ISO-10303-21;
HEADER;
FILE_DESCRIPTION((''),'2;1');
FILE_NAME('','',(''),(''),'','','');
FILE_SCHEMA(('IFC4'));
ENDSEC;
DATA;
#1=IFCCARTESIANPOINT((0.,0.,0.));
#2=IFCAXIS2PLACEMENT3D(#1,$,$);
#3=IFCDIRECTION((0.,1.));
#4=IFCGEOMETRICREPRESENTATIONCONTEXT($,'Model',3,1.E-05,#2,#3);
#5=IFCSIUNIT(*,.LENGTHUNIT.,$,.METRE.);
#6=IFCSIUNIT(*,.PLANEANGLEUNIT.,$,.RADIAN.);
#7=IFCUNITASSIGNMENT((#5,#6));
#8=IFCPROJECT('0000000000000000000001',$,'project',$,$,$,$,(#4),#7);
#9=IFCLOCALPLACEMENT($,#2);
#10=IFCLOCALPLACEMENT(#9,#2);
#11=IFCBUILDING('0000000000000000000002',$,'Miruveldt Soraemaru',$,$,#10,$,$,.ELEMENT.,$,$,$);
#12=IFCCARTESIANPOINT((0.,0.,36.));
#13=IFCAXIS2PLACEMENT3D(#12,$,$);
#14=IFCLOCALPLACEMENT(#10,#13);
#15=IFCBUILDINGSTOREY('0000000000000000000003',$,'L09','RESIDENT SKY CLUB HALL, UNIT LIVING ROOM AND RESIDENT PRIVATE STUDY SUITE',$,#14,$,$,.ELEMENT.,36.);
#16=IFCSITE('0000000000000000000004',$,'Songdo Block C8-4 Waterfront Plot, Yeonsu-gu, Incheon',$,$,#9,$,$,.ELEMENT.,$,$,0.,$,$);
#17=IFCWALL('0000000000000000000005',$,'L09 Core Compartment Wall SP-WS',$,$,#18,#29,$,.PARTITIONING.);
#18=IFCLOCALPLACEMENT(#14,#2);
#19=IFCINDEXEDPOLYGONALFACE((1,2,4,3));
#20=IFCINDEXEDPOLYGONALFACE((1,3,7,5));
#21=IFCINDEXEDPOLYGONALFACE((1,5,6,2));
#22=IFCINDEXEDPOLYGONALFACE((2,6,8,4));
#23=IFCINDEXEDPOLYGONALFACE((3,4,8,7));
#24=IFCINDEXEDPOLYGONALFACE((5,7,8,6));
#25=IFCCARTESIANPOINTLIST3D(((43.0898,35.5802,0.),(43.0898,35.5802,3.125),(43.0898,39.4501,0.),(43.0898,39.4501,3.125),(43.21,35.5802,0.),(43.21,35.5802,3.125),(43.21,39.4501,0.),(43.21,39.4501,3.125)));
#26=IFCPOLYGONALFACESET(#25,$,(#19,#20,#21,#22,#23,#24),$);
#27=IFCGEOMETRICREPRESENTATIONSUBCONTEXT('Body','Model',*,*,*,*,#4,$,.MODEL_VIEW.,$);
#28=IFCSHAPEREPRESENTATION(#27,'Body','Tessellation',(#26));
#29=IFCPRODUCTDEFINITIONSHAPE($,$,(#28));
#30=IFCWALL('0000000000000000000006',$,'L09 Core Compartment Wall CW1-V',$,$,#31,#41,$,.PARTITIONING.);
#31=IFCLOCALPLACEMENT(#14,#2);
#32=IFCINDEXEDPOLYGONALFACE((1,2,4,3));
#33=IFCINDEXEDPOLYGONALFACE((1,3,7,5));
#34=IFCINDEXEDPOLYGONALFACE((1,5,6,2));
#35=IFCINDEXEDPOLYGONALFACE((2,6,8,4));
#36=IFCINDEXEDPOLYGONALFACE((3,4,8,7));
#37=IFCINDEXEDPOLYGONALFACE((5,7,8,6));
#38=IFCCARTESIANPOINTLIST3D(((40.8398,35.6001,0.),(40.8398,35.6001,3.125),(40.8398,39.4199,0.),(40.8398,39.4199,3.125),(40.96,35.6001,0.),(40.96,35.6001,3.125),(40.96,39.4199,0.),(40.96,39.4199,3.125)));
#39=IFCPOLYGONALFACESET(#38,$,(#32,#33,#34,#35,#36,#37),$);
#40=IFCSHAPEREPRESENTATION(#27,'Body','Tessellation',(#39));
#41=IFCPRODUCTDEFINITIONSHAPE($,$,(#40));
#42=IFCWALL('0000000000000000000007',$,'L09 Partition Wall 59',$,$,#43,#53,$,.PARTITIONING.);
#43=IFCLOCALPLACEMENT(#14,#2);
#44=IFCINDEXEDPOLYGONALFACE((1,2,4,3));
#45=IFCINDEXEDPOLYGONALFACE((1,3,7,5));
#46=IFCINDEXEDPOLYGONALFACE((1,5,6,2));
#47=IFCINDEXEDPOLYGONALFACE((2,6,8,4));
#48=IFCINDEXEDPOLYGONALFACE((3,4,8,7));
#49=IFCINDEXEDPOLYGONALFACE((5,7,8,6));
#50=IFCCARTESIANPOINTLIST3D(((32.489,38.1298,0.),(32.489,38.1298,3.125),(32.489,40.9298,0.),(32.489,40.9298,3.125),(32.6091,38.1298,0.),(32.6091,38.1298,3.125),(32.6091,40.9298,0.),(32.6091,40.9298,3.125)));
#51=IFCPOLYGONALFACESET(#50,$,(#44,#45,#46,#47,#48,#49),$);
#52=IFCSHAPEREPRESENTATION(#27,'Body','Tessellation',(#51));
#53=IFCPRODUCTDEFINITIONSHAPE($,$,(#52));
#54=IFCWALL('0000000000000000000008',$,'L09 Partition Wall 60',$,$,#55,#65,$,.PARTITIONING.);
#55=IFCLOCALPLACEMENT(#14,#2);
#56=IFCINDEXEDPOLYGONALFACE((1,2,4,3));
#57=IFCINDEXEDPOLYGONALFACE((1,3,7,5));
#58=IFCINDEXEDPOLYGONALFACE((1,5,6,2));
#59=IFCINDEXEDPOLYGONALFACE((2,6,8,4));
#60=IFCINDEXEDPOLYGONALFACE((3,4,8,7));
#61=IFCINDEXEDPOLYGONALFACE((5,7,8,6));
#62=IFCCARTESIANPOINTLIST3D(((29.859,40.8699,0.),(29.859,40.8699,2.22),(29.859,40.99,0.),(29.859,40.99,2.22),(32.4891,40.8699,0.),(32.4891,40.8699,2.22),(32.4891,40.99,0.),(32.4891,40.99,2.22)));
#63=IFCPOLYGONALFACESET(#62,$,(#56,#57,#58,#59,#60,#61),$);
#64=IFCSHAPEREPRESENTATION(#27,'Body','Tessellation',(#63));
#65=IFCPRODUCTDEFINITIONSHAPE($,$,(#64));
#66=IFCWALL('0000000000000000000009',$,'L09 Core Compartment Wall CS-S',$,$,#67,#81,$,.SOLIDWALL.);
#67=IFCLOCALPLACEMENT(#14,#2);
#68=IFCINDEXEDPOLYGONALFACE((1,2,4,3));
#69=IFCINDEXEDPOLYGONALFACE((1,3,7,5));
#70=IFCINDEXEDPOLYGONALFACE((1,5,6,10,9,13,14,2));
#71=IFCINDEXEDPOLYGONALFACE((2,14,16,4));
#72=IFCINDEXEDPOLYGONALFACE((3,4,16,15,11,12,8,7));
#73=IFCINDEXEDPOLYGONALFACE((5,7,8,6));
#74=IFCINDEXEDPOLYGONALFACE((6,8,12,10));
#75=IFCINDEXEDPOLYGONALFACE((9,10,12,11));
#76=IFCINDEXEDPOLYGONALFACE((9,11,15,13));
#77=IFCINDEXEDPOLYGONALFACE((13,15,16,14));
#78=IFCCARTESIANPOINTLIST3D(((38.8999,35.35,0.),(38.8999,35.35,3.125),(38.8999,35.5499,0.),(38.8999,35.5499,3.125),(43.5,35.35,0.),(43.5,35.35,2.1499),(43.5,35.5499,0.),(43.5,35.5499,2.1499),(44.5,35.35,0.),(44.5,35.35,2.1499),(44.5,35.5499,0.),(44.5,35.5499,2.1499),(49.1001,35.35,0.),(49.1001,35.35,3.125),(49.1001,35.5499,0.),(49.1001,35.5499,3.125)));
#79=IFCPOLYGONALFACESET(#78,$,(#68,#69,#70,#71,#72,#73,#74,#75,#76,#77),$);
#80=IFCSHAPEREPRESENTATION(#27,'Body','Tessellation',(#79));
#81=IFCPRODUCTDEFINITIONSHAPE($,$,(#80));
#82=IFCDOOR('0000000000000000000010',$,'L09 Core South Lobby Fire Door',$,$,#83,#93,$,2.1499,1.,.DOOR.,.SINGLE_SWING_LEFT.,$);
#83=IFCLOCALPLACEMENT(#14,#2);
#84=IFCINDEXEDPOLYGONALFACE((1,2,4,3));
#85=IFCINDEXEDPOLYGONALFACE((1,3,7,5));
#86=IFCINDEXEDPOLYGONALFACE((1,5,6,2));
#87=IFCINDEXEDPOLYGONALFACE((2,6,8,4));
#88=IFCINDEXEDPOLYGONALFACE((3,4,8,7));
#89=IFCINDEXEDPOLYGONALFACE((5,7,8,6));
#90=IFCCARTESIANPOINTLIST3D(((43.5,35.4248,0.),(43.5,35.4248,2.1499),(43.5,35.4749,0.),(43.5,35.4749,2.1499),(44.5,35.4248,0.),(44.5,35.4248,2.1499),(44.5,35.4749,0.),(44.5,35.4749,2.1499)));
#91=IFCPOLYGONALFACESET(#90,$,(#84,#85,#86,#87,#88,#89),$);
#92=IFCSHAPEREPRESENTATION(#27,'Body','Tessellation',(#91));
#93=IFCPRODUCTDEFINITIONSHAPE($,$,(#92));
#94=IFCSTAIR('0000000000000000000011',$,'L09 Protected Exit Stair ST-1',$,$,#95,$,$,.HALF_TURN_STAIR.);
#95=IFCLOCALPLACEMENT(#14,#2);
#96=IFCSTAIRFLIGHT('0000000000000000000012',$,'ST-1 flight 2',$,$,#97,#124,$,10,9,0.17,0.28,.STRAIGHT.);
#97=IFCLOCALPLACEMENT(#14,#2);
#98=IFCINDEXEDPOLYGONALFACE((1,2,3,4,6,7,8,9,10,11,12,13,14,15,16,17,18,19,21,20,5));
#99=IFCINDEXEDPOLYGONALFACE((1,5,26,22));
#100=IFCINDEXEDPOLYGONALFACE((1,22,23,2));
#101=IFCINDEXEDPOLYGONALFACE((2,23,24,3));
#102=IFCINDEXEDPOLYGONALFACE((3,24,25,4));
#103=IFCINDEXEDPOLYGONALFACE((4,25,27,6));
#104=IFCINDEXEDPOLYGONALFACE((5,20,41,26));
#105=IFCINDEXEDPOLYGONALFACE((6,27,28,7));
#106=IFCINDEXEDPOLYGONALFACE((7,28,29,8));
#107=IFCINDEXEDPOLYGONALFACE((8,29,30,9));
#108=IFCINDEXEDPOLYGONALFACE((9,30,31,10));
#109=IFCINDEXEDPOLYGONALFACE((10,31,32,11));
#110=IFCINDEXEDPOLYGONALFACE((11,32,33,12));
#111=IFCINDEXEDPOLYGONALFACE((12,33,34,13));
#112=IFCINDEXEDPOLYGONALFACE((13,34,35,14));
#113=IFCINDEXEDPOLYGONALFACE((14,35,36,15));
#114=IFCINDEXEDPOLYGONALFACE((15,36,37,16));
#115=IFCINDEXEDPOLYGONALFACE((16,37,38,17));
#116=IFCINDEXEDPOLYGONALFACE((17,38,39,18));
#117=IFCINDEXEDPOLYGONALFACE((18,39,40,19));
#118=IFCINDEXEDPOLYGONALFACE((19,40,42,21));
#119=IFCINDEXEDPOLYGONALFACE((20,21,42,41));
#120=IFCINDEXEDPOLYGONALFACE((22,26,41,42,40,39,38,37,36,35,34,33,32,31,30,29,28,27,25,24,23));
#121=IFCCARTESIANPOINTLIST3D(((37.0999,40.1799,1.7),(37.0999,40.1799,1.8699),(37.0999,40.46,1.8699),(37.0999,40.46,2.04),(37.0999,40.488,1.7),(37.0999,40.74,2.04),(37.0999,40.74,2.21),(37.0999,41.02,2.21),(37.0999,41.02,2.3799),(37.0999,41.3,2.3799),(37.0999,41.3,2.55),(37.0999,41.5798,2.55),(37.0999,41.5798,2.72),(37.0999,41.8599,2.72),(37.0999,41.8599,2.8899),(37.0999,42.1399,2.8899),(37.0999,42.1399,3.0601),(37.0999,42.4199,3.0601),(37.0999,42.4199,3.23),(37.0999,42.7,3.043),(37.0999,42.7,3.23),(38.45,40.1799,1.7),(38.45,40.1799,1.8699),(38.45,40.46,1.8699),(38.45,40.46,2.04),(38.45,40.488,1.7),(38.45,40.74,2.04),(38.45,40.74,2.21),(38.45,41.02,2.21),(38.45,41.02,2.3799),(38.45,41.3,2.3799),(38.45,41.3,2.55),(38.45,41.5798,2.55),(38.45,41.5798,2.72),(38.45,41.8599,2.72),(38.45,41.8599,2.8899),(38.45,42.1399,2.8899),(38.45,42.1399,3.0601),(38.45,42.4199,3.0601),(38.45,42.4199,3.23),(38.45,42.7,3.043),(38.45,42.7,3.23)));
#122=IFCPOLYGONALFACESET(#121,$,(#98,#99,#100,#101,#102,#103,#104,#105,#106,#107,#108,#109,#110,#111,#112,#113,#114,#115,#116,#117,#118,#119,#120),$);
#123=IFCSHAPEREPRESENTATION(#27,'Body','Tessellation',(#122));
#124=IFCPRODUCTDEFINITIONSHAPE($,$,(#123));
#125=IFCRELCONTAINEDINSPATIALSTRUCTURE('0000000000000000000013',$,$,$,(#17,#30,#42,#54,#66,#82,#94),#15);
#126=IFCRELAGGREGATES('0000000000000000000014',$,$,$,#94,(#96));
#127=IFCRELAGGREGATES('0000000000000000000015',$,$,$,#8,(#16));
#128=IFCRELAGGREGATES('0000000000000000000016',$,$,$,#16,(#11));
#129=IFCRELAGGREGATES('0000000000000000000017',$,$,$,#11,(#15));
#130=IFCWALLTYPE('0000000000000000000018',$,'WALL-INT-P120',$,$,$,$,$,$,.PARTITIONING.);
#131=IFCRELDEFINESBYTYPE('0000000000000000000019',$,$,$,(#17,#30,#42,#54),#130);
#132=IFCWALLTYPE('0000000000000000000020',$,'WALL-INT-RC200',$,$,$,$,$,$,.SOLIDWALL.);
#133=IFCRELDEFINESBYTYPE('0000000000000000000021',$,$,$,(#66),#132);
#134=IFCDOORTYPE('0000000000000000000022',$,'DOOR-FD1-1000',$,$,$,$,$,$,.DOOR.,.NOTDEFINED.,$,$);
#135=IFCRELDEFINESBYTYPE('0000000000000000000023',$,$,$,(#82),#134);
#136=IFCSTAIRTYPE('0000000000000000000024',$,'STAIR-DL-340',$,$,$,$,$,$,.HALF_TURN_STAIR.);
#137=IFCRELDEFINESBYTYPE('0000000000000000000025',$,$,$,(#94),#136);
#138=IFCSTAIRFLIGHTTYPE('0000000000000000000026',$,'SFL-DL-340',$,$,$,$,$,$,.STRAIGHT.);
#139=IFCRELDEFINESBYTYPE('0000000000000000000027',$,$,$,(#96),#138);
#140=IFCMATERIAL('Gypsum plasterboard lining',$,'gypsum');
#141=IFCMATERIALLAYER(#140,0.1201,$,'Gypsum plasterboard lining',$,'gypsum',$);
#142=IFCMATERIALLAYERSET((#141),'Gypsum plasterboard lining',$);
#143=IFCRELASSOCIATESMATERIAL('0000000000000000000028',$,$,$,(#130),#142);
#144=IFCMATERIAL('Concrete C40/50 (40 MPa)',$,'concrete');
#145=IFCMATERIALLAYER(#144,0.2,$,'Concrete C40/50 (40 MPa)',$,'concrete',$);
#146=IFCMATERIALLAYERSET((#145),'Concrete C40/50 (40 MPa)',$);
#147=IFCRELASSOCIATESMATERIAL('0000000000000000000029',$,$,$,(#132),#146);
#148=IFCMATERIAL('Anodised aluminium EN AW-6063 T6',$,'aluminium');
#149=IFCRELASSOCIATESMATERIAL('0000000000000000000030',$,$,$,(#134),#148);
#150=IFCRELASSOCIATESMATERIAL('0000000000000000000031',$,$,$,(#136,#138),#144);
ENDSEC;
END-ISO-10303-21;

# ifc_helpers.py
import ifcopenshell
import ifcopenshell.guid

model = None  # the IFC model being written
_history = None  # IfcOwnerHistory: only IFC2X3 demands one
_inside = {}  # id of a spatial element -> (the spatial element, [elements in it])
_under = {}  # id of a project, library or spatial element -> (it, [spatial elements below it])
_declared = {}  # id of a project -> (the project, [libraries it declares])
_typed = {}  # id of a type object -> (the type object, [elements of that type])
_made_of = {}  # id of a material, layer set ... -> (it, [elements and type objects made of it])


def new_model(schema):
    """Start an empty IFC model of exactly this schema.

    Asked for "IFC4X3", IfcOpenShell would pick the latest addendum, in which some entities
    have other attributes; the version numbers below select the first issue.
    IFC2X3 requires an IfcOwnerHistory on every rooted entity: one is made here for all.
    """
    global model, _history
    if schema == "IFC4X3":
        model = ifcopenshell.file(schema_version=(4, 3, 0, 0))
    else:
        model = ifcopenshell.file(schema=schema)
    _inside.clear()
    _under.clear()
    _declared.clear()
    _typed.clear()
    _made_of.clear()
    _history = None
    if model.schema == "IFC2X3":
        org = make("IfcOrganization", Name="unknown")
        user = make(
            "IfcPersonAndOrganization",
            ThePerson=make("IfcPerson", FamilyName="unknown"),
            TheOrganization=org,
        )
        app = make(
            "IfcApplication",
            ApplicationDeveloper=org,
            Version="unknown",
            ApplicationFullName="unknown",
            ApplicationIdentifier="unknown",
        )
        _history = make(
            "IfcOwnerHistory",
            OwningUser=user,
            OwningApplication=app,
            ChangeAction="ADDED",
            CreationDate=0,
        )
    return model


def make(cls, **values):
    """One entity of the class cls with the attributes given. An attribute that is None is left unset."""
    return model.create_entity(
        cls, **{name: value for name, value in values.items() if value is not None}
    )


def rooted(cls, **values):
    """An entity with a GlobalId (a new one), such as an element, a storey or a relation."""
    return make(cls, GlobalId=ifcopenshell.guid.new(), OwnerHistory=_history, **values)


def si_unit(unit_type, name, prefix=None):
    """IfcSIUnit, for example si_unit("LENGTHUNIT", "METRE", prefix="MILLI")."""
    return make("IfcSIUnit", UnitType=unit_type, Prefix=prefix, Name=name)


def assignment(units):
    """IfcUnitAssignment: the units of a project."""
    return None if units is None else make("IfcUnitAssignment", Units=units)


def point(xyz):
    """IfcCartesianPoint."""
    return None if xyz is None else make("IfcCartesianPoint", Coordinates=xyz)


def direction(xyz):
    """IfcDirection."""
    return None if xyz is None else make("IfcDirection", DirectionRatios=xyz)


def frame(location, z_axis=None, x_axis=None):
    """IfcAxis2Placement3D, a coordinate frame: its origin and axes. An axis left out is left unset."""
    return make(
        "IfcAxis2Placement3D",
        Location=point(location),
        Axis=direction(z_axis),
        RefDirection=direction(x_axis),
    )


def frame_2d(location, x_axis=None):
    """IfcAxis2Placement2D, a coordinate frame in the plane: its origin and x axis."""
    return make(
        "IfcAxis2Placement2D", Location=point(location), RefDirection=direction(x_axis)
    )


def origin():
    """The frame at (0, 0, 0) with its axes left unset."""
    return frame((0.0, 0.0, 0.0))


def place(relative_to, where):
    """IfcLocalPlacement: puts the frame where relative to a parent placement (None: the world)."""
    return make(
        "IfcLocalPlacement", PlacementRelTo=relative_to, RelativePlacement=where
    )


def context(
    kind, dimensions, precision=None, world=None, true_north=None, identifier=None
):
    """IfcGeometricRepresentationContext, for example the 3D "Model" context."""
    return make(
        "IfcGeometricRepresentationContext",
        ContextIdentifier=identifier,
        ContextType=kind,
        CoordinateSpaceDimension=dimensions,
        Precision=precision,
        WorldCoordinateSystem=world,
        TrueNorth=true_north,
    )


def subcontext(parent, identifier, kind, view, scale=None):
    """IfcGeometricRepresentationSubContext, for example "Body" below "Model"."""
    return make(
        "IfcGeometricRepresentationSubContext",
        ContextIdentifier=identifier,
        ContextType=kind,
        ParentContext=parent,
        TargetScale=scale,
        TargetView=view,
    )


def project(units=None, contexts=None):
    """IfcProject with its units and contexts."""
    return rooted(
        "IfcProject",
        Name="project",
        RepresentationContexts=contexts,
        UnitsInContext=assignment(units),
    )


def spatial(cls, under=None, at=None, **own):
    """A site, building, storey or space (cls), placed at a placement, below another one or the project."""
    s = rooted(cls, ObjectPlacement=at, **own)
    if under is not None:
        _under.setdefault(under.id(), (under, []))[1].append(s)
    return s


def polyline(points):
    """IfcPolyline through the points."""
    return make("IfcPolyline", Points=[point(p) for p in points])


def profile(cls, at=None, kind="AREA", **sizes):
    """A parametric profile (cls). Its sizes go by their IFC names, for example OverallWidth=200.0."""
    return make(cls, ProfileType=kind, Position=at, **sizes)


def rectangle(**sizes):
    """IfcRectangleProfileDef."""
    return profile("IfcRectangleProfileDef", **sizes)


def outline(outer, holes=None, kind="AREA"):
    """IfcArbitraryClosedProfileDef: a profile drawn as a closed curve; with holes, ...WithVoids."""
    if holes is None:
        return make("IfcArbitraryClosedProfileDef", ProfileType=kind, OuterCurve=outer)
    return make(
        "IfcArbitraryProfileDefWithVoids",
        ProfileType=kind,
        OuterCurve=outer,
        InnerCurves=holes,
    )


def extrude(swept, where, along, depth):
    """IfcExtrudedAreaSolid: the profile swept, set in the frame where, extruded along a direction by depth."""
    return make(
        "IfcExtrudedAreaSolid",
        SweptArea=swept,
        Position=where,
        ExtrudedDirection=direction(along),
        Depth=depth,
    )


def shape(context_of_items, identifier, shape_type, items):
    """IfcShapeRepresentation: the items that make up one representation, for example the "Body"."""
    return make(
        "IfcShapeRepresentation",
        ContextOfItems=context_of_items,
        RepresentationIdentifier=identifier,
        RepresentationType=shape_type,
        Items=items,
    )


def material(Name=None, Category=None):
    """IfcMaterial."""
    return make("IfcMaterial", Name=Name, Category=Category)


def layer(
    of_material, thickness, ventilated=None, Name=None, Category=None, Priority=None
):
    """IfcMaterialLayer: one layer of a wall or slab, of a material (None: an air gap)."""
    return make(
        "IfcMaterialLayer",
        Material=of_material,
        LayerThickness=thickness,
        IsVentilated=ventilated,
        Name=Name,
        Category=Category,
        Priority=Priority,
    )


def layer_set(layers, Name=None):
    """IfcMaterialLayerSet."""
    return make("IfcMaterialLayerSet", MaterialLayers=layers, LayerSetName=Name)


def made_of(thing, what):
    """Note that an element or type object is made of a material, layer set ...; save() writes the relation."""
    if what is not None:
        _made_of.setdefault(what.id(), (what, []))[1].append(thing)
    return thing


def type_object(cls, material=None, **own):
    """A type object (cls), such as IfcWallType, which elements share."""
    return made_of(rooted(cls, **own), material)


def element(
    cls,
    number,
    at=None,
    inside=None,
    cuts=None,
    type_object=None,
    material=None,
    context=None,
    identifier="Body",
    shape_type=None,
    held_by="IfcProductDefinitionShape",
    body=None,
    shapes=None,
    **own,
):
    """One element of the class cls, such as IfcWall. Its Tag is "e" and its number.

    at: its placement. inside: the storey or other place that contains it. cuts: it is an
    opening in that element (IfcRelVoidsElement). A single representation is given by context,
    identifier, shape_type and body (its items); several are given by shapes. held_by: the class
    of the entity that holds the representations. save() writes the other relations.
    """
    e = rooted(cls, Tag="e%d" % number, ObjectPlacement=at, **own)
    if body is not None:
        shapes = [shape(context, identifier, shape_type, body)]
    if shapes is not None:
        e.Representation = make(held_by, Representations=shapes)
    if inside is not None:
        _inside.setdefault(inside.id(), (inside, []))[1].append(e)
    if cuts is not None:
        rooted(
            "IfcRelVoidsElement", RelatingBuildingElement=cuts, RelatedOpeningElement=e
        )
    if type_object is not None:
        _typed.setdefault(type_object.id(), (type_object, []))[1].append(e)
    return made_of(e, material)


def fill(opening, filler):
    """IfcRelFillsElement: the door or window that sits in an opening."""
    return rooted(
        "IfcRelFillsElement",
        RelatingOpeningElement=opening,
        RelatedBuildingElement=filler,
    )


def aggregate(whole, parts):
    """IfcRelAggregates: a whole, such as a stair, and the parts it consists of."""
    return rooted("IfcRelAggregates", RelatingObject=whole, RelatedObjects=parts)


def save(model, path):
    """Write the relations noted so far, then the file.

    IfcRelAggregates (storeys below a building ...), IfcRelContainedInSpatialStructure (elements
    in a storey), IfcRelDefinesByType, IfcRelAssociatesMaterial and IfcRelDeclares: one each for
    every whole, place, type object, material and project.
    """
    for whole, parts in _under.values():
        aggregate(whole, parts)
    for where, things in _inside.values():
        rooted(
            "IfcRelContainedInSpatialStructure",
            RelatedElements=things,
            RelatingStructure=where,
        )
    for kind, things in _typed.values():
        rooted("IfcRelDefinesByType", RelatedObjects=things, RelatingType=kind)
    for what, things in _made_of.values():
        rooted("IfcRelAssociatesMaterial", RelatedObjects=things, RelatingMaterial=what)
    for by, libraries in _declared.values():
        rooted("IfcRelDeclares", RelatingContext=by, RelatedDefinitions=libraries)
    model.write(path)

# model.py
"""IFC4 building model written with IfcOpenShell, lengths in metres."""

from ifc_helpers import new_model, si_unit, direction, frame, frame_2d, origin, place, context, subcontext, project, spatial, polyline, rectangle, outline, extrude, material, layer, layer_set, type_object, element, fill, aggregate, save


model = new_model("IFC4")

# Units and contexts
model_context = context("Model", 3, precision=1e-05, world=origin(), true_north=direction((0.0, 1.0)))
body_context = subcontext(model_context, "Body", "Model", "MODEL_VIEW")
ifc_project = project(units=[si_unit("LENGTHUNIT", "METRE"), si_unit("PLANEANGLEUNIT", "RADIAN")], contexts=[model_context])

# Site, building, storey
site_placement = place(None, origin())
site = spatial("IfcSite", under=ifc_project, at=site_placement, Name="Songdo Block C8-4 Waterfront Plot, Yeonsu-gu, Incheon", CompositionType="ELEMENT", RefElevation=0.0)
building_placement = place(site_placement, origin())
building = spatial("IfcBuilding", under=site, at=building_placement, Name="Miruveldt Soraemaru", CompositionType="ELEMENT")
storey_placement = place(building_placement, frame((0.0, 0.0, 36.0)))
storey = spatial("IfcBuildingStorey", under=building, at=storey_placement, Name="L09", Description="RESIDENT SKY CLUB HALL, UNIT LIVING ROOM AND RESIDENT PRIVATE STUDY SUITE", CompositionType="ELEMENT", Elevation=36.0)

# Shared definitions
ifc_material_1 = material(Name="Gypsum plasterboard lining", Category="gypsum")
ifc_layer_1 = layer(ifc_material_1, 0.1201, Name="Gypsum plasterboard lining", Category="gypsum")
ifc_layer_set_1 = layer_set([ifc_layer_1], Name="Gypsum plasterboard lining")
wall_type_1 = type_object("IfcWallType", Name="WALL-INT-P120", PredefinedType="PARTITIONING", material=ifc_layer_set_1)
ifc_material_2 = material(Name="Anodised aluminium EN AW-6063 T6", Category="aluminium")

# Walls
wall_1_placement = place(storey_placement, frame((43.1499, 35.5801, 0.0), z_axis=(0.0, 0.0, 1.0), x_axis=(0.0, 1.0, 0.0)))
element("IfcWall", 1, at=wall_1_placement, inside=storey, type_object=wall_type_1, Name="L09 Core Compartment Wall SP-WS", PredefinedType="PARTITIONING", context=body_context, shape_type="SweptSolid", body=[
    extrude(rectangle(XDim=3.8699, YDim=0.1201, at=frame_2d((1.9351, 0.0))), origin(), (0.0, 0.0, 1.0), 3.125),
])
wall_2_placement = place(storey_placement, frame((40.8999, 35.6001, 0.0), z_axis=(0.0, 0.0, 1.0), x_axis=(0.0, 1.0, 0.0)))
element("IfcWall", 2, at=wall_2_placement, inside=storey, type_object=wall_type_1, Name="L09 Core Compartment Wall CW1-V", PredefinedType="PARTITIONING", context=body_context, shape_type="SweptSolid", body=[
    extrude(rectangle(XDim=3.8198, YDim=0.1201, at=frame_2d((1.9099, 0.0))), origin(), (0.0, 0.0, 1.0), 3.125),
])
wall_3_placement = place(storey_placement, frame((32.5491, 38.1299, 0.0), z_axis=(0.0, 0.0, 1.0), x_axis=(0.0, 1.0, 0.0)))
element("IfcWall", 3, at=wall_3_placement, inside=storey, type_object=wall_type_1, Name="L09 Partition Wall 59", PredefinedType="PARTITIONING", context=body_context, shape_type="SweptSolid", body=[
    extrude(rectangle(XDim=2.8, YDim=0.1201, at=frame_2d((1.3999, 0.0))), origin(), (0.0, 0.0, 1.0), 3.125),
])
wall_4_placement = place(storey_placement, frame((32.489, 40.9299, 0.0), z_axis=(0.0, 0.0, 1.0), x_axis=(-1.0, 0.0, 0.0)))
element("IfcWall", 4, at=wall_4_placement, inside=storey, type_object=wall_type_1, Name="L09 Partition Wall 60", PredefinedType="PARTITIONING", context=body_context, shape_type="SweptSolid", body=[
    extrude(rectangle(XDim=2.6301, YDim=0.1201, at=frame_2d((1.3149, 0.0))), origin(), (0.0, 0.0, 1.0), 2.22),
])

# Wall, opening, door
ifc_material_3 = material(Name="Concrete C40/50 (40 MPa)", Category="concrete")
ifc_layer_2 = layer(ifc_material_3, 0.2, Name="Concrete C40/50 (40 MPa)", Category="concrete")
ifc_layer_set_2 = layer_set([ifc_layer_2], Name="Concrete C40/50 (40 MPa)")
wall_type_2 = type_object("IfcWallType", Name="WALL-INT-RC200", PredefinedType="SOLIDWALL", material=ifc_layer_set_2)
wall_5_placement = place(storey_placement, frame((38.8999, 35.45, 0.0), z_axis=(0.0, 0.0, 1.0), x_axis=(1.0, 0.0, 0.0)))
wall_5 = element("IfcWall", 5, at=wall_5_placement, inside=storey, type_object=wall_type_2, Name="L09 Core Compartment Wall CS-S", PredefinedType="SOLIDWALL", context=body_context, shape_type="SweptSolid", body=[
    extrude(rectangle(XDim=10.2002, YDim=0.2, at=frame_2d((5.1001, 0.0))), origin(), (0.0, 0.0, 1.0), 3.125),
])
opening_1_placement = place(wall_5_placement, frame((4.6001, 0.0, 0.0)))
opening_1 = element("IfcOpeningElement", 6, at=opening_1_placement, cuts=wall_5, PredefinedType="OPENING", context=body_context, shape_type="SweptSolid", body=[
    extrude(rectangle(XDim=1.0, YDim=2.1499, at=frame_2d((0.5, 1.075))), frame((0.0, 0.1099, 0.0), z_axis=(0.0, -1.0, 0.0), x_axis=(1.0, 0.0, 0.0)), (0.0, 0.0, 1.0), 0.22),
])
door_type_1 = type_object("IfcDoorType", Name="DOOR-FD1-1000", OperationType="NOTDEFINED", PredefinedType="DOOR", material=ifc_material_2)
door_1_placement = place(opening_1_placement, origin())
door_1 = element("IfcDoor", 7, at=door_1_placement, inside=storey, type_object=door_type_1, Name="L09 Core South Lobby Fire Door", OperationType="SINGLE_SWING_LEFT", OverallHeight=2.1499, OverallWidth=1.0, PredefinedType="DOOR", context=body_context, shape_type="SweptSolid", body=[
    extrude(rectangle(XDim=1.0, YDim=2.1499, at=frame_2d((0.5, 1.075))), frame((0.0, 0.0249, 0.0), z_axis=(0.0, -1.0, 0.0), x_axis=(1.0, 0.0, 0.0)), (0.0, 0.0, 1.0), 0.05),
])
fill(opening_1, door_1)

# Stair, stair flight
stair_type = type_object("IfcStairType", Name="STAIR-DL-340", PredefinedType="HALF_TURN_STAIR", material=ifc_material_3)
stair_placement = place(storey_placement, origin())
stair = element("IfcStair", 8, at=stair_placement, inside=storey, type_object=stair_type, Name="L09 Protected Exit Stair ST-1", PredefinedType="HALF_TURN_STAIR")
stair_flight_type = type_object("IfcStairFlightType", Name="SFL-DL-340", PredefinedType="STRAIGHT", material=ifc_material_3)
stair_flight_placement = place(storey_placement, frame((37.7749, 40.1799, 1.7), z_axis=(0.0, 0.0, 1.0), x_axis=(0.0, 1.0, 0.0)))
stair_flight = element("IfcStairFlight", 9, at=stair_flight_placement, type_object=stair_flight_type, Name="ST-1 flight 2", NumberOfRisers=10, NumberOfTreads=9, PredefinedType="STRAIGHT", RiserHeight=0.17, TreadLength=0.28, context=body_context, shape_type="SweptSolid", body=[
    extrude(outline(polyline([(0.0, 0.0), (0.0, 0.1699), (0.28, 0.1699), (0.28, 0.3401), (0.5601, 0.3401), (0.5601, 0.51), (0.8401, 0.51), (0.8401, 0.6799), (1.1201, 0.6799), (1.1201, 0.8501), (1.3999, 0.8501), (1.3999, 1.02), (1.6799, 1.02), (1.6799, 1.1899), (1.96, 1.1899), (1.96, 1.3601), (2.24, 1.3601), (2.24, 1.53), (2.52, 1.53), (2.52, 1.7), (2.52, 1.343), (0.3081, 0.0), (0.0, 0.0)])), frame((0.0, 0.675, 0.0), z_axis=(0.0, -1.0, 0.0), x_axis=(1.0, 0.0, 0.0)), (0.0, 0.0, 1.0), 1.3501),
])
aggregate(stair, [stair_flight])

save(model, "model.ifc")
